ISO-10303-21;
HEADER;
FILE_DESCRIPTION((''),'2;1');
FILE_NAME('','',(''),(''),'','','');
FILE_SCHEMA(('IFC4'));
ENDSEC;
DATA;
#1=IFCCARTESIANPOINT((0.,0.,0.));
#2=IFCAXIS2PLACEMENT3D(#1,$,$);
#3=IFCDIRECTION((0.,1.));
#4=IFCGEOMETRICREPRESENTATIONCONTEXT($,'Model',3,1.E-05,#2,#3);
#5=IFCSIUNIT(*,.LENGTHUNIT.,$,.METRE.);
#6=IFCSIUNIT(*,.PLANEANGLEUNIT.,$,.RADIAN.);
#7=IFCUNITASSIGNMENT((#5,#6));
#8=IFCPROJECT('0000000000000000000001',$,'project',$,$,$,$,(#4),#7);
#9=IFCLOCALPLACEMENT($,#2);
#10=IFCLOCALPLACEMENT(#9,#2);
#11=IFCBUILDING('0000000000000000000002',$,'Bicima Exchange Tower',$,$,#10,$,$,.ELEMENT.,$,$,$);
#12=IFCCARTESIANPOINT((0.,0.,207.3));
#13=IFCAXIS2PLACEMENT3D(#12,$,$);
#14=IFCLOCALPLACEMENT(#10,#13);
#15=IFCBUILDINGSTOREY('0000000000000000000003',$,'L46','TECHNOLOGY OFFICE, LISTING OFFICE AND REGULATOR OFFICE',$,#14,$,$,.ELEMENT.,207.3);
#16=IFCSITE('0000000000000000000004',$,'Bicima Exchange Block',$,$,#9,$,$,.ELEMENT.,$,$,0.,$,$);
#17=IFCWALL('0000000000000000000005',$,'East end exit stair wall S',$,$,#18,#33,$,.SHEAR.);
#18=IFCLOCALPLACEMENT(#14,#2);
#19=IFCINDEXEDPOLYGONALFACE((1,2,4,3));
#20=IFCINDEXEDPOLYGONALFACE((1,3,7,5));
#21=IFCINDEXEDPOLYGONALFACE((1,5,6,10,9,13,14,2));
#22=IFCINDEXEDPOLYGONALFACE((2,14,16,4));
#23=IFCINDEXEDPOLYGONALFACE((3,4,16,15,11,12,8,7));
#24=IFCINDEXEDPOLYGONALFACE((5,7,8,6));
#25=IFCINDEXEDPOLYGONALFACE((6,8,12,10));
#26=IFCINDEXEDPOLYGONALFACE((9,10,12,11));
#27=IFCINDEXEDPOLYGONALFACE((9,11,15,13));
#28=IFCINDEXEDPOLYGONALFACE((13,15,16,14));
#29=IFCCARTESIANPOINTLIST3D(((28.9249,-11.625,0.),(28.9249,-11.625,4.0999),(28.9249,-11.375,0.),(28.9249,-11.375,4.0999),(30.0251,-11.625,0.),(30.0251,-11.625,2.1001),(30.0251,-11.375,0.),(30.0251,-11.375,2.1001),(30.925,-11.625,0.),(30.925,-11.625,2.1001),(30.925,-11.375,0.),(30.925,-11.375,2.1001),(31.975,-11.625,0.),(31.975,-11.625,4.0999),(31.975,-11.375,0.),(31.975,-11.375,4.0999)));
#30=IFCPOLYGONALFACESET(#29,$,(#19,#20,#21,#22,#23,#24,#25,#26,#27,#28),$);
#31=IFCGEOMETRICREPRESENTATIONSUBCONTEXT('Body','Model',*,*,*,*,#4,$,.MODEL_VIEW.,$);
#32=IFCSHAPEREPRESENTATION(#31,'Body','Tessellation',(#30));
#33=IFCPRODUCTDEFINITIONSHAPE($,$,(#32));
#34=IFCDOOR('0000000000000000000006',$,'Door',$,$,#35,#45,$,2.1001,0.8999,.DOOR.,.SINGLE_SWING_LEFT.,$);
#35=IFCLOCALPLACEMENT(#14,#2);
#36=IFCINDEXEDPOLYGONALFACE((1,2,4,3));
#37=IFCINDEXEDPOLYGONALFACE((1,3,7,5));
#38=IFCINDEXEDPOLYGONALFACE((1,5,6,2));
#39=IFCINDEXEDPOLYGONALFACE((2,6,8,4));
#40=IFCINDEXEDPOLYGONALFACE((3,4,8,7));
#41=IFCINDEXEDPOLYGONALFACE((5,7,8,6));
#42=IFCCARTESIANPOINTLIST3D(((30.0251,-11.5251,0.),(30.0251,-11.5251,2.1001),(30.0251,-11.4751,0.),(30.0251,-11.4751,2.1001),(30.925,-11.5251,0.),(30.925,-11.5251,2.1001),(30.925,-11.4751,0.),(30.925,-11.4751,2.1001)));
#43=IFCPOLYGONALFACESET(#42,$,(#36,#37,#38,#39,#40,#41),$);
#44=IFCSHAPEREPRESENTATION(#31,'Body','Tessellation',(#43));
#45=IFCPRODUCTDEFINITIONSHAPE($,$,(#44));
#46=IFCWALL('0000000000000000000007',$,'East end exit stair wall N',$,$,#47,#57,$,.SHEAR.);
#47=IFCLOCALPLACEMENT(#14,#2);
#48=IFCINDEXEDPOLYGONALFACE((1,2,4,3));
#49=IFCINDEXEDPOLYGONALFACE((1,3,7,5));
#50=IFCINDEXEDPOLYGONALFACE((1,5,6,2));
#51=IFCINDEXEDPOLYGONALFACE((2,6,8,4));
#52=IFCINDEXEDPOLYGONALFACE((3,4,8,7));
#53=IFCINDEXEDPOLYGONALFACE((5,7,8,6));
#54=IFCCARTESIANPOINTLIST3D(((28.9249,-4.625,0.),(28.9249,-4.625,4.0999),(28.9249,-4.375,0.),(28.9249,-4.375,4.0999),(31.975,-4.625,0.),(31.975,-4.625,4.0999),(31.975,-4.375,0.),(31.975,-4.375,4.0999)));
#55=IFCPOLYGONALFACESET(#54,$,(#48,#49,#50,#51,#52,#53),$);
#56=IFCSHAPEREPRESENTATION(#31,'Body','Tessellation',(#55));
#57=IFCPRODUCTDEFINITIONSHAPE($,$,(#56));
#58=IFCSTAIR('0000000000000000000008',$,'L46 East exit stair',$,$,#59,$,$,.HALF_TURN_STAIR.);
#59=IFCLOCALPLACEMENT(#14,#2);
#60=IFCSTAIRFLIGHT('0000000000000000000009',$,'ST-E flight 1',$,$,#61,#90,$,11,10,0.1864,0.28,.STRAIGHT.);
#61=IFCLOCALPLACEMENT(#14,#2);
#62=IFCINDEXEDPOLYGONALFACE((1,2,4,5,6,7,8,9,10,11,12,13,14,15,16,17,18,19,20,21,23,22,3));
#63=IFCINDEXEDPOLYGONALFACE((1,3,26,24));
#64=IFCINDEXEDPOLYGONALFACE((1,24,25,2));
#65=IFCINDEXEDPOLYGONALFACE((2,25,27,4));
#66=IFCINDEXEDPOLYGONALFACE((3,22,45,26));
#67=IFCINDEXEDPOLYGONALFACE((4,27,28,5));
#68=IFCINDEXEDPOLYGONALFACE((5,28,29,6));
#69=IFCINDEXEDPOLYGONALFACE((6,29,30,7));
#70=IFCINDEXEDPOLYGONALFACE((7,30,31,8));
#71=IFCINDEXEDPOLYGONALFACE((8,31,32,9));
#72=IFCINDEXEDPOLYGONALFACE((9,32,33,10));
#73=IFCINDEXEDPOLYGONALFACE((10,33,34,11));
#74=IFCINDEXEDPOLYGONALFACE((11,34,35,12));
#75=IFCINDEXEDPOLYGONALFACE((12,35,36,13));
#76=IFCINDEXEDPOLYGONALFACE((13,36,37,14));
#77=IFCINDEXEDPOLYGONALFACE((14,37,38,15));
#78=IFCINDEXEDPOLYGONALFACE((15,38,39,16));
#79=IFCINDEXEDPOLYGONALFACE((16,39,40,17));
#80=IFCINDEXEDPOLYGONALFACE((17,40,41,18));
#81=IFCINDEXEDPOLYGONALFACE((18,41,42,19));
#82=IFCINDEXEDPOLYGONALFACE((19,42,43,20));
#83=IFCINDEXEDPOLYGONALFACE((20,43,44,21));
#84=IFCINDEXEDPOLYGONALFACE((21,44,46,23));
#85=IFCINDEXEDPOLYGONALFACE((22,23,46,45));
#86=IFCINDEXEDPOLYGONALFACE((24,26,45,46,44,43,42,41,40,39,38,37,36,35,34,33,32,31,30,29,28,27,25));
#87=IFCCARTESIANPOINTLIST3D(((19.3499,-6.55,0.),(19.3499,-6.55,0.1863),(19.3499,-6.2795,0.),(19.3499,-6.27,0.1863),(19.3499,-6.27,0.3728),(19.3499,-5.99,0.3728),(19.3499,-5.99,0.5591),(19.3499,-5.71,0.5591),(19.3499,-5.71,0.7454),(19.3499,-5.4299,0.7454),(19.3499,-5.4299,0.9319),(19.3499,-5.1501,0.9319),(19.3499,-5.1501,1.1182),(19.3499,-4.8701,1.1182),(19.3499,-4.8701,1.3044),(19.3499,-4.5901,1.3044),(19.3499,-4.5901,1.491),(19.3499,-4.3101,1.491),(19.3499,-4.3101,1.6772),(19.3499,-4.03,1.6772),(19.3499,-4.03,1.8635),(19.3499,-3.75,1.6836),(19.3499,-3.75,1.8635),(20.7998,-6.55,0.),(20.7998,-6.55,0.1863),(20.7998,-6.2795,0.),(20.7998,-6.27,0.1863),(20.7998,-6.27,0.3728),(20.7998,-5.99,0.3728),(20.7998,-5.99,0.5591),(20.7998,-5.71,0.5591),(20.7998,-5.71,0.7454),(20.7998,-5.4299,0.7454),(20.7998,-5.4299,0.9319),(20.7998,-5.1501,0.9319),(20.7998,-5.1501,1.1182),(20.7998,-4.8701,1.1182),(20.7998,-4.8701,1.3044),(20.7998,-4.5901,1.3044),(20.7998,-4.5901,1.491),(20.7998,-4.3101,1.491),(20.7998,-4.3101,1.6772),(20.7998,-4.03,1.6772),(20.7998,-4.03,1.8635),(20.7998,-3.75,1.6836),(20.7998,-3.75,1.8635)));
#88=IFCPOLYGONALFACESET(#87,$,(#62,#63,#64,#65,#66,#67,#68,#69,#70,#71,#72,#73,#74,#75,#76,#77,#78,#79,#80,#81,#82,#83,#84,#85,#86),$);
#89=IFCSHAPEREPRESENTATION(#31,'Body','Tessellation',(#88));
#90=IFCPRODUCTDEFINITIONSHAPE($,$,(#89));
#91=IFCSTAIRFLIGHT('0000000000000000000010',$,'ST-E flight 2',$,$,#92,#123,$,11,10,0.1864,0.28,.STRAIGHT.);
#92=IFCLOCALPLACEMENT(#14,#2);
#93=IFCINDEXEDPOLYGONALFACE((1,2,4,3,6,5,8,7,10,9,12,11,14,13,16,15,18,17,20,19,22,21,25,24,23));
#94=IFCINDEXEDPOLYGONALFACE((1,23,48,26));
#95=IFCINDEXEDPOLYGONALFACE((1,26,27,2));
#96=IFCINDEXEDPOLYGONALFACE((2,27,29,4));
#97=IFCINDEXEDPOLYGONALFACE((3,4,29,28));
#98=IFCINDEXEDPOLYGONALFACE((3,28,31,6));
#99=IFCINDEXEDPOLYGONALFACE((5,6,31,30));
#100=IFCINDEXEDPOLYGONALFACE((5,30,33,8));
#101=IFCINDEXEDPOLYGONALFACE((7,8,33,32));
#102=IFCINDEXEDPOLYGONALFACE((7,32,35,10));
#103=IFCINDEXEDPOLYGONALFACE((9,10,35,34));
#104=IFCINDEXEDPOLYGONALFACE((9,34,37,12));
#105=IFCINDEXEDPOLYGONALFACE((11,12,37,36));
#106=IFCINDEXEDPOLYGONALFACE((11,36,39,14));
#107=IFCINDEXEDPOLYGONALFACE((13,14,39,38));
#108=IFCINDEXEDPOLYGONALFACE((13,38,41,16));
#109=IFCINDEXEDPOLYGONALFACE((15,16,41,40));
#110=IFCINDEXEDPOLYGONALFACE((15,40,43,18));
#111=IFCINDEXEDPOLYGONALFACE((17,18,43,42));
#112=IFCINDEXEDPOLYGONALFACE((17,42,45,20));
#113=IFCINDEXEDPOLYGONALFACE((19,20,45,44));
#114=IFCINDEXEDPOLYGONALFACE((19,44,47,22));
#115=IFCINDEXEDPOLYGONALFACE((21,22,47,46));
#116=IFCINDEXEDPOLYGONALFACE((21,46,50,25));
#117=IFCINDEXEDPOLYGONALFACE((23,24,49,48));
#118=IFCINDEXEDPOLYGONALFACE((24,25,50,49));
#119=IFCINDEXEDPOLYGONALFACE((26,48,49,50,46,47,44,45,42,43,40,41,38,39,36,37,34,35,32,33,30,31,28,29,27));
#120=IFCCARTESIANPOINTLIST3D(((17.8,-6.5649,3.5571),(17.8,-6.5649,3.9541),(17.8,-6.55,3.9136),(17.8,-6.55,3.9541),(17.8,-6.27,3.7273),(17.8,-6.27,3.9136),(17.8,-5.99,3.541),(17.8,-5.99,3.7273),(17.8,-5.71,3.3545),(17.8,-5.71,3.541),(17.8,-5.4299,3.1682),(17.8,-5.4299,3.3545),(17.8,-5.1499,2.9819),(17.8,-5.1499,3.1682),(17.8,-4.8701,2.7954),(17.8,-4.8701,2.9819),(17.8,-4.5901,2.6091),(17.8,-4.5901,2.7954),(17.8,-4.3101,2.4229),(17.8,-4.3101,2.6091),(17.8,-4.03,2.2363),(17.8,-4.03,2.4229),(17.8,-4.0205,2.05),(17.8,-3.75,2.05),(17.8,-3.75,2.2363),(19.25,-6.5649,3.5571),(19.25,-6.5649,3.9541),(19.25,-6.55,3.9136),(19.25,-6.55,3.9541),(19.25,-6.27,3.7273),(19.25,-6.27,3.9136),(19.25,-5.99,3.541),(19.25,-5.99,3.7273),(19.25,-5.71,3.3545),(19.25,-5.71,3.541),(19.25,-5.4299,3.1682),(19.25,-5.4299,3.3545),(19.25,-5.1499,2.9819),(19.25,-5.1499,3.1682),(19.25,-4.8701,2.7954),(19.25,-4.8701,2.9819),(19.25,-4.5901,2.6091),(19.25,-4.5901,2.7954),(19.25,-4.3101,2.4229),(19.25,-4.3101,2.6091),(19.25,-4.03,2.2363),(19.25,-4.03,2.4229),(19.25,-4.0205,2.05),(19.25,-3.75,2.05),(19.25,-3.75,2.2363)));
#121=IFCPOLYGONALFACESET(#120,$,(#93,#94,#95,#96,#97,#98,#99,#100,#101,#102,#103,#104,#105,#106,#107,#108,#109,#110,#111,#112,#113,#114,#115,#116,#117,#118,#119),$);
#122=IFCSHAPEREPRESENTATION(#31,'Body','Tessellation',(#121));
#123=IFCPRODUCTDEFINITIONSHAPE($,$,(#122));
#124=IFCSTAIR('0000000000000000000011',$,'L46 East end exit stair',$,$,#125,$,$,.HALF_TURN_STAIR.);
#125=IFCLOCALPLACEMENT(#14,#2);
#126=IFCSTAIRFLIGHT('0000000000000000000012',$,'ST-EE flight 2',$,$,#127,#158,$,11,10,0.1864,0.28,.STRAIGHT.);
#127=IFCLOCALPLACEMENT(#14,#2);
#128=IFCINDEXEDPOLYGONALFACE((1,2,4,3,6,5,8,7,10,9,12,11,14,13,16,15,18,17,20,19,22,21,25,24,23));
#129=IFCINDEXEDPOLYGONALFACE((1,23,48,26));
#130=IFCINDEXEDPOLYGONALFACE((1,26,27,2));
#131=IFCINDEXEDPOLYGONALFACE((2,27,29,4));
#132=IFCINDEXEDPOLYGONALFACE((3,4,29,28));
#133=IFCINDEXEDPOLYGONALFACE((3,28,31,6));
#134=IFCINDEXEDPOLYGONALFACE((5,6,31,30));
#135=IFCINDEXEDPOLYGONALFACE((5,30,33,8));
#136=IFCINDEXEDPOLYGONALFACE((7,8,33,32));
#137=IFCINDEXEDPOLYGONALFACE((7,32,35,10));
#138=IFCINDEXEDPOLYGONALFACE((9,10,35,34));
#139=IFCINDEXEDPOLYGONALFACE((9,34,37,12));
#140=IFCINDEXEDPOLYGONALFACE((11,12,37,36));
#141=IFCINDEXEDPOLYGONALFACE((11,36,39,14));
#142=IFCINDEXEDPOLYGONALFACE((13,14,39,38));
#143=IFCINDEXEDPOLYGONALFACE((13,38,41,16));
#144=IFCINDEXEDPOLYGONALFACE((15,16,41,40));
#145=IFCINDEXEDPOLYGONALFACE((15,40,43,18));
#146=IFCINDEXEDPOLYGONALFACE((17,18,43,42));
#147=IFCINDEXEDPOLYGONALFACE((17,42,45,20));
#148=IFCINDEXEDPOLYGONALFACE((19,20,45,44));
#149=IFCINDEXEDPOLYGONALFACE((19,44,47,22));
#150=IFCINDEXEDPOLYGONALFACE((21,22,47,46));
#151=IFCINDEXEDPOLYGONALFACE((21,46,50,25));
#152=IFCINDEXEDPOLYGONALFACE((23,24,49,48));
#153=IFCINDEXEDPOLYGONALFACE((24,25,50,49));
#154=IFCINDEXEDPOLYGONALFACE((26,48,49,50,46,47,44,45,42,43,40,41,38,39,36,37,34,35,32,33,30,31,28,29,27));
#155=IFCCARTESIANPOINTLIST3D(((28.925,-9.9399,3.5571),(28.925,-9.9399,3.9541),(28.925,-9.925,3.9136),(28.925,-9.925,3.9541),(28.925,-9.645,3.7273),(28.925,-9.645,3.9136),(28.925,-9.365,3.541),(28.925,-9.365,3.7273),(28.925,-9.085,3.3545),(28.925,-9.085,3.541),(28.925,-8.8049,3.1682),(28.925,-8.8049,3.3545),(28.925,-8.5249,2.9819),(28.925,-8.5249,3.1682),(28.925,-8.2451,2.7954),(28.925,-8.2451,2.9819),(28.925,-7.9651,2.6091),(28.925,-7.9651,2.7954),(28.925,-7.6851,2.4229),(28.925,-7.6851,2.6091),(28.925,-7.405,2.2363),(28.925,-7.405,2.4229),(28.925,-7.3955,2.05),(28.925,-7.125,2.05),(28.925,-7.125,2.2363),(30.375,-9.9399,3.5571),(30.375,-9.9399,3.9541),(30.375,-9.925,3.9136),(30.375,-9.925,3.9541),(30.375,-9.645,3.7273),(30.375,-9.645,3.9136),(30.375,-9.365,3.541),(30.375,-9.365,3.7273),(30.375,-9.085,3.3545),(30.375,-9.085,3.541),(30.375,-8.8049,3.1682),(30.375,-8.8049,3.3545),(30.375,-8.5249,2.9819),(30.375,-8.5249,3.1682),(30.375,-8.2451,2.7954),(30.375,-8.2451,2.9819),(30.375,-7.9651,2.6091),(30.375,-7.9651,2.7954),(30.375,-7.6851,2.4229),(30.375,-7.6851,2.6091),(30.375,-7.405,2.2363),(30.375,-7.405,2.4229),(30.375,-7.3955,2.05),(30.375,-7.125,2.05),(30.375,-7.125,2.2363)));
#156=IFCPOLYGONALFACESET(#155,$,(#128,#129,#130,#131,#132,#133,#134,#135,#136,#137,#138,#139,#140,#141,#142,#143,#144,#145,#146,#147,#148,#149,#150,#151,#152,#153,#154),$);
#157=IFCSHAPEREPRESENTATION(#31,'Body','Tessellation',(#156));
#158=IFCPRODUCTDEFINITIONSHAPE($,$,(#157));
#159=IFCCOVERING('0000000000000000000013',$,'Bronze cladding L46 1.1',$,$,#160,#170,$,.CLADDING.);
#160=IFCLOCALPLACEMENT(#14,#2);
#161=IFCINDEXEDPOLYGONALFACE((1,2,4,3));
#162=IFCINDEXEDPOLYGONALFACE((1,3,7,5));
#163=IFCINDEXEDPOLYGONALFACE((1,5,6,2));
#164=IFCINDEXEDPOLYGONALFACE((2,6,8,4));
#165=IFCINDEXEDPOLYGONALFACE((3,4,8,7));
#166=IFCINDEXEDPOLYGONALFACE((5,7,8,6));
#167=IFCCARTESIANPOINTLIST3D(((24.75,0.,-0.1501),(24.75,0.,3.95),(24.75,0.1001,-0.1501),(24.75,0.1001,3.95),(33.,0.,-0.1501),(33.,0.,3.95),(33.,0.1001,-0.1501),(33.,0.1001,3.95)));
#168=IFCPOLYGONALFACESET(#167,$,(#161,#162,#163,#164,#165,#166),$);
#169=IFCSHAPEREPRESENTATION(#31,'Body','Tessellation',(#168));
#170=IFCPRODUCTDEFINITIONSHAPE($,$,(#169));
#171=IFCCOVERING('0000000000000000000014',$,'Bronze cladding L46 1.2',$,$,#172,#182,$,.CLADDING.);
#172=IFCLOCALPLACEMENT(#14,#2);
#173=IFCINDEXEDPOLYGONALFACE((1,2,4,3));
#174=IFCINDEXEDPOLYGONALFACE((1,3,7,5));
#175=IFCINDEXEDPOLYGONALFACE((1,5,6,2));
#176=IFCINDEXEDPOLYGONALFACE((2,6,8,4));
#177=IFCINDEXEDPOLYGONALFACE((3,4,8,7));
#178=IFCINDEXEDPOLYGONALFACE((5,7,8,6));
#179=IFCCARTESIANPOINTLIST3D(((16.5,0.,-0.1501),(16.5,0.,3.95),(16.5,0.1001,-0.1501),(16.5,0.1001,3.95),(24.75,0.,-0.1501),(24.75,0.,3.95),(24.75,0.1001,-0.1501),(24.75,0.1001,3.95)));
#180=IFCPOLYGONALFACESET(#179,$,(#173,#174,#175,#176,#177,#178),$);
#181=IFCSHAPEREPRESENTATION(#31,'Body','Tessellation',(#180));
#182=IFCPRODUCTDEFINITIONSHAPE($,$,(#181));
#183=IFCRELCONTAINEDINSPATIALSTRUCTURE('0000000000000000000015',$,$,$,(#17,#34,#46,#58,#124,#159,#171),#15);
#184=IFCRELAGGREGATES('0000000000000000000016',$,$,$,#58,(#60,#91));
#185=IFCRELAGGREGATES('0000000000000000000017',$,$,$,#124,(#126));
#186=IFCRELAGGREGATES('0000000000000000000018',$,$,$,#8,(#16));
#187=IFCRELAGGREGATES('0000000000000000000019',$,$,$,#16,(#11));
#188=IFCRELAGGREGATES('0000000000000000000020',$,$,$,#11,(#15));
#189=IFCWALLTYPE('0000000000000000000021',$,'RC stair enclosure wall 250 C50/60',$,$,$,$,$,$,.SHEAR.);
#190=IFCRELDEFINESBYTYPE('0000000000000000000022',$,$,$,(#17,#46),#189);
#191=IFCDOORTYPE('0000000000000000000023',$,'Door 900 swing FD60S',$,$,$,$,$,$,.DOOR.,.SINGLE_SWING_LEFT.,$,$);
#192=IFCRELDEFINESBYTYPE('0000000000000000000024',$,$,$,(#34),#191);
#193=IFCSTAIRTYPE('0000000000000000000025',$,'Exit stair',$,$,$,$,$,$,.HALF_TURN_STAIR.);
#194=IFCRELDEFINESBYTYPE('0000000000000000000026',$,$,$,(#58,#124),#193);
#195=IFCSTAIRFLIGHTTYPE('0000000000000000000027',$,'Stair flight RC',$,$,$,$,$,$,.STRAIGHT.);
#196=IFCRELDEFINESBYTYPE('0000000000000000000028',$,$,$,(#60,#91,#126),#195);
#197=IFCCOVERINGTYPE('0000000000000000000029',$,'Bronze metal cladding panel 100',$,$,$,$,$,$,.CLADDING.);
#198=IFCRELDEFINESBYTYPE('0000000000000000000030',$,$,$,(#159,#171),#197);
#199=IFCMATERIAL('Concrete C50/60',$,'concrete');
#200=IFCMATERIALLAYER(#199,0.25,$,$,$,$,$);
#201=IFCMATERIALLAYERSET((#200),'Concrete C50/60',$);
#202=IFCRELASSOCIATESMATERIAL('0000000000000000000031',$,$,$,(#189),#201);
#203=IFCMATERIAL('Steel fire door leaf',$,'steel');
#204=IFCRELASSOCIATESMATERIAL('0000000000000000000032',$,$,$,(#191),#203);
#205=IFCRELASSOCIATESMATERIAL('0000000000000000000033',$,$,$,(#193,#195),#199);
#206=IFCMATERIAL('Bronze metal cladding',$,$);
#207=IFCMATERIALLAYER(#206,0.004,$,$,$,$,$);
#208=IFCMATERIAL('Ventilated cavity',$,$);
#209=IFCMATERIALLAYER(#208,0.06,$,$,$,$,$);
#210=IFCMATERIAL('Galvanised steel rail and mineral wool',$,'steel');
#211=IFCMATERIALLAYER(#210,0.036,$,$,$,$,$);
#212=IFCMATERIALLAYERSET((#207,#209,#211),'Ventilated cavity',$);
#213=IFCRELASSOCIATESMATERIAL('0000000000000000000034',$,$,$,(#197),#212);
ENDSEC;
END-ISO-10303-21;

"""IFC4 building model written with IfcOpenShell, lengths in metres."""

from ifc_helpers import new_model, si_unit, direction, frame, frame_2d, origin, origin_2d, place, context, subcontext, project, spatial, polyline, rectangle, outline, extrude, material, layer, layer_set, type_object, element, fill, aggregate, save


model = new_model("IFC4")

# Units and contexts
model_context = context("Model", 3, precision=1e-05, world=origin(), true_north=direction((0.0, 1.0)))
body_context = subcontext(model_context, "Body", "Model", "MODEL_VIEW")
ifc_project = project(units=[si_unit("LENGTHUNIT", "METRE"), si_unit("PLANEANGLEUNIT", "RADIAN")], contexts=[model_context])

# Site, building, storey
site_placement = place(None, origin())
site = spatial("IfcSite", under=ifc_project, at=site_placement, Name="Bicima Exchange Block", CompositionType="ELEMENT", RefElevation=0.0)
building_placement = place(site_placement, origin())
building = spatial("IfcBuilding", under=site, at=building_placement, Name="Bicima Exchange Tower", CompositionType="ELEMENT")
storey_placement = place(building_placement, frame((0.0, 0.0, 207.3)))
storey = spatial("IfcBuildingStorey", under=building, at=storey_placement, Name="L46", Description="TECHNOLOGY OFFICE, LISTING OFFICE AND REGULATOR OFFICE", CompositionType="ELEMENT", Elevation=207.3)

# Shared definitions
ifc_material_1 = material(Name="Concrete C50/60", Category="concrete")
ifc_layer_1 = layer(ifc_material_1, 0.25)
ifc_layer_set_1 = layer_set([ifc_layer_1], Name="Concrete C50/60")
wall_type_1 = type_object("IfcWallType", Name="RC stair enclosure wall 250 C50/60", PredefinedType="SHEAR", material=ifc_layer_set_1)

# Wall, opening, door
wall_1_placement = place(storey_placement, frame((28.925, -11.5, 0.0), z_axis=(0.0, 0.0, 1.0), x_axis=(1.0, 0.0, 0.0)))
wall_1 = element("IfcWall", 1, at=wall_1_placement, inside=storey, type_object=wall_type_1, Name="East end exit stair wall S", PredefinedType="SHEAR", context=body_context, shape_type="SweptSolid", body=[
    extrude(rectangle(XDim=3.05, YDim=0.25, at=frame_2d((1.5249, 0.0))), origin(), (0.0, 0.0, 1.0), 4.0999),
])
opening_placement = place(wall_1_placement, frame((1.1001, 0.0, 0.0)))
opening = element("IfcOpeningElement", 2, at=opening_placement, cuts=wall_1, PredefinedType="OPENING", context=body_context, shape_type="SweptSolid", body=[
    extrude(rectangle(XDim=0.8999, YDim=2.1001, at=frame_2d((0.45, 1.05))), frame((0.0, 0.137, 0.0), z_axis=(0.0, -1.0, 0.0), x_axis=(1.0, 0.0, 0.0)), (0.0, 0.0, 1.0), 0.2739),
])
ifc_material_2 = material(Name="Steel fire door leaf", Category="steel")
door_type = type_object("IfcDoorType", Name="Door 900 swing FD60S", OperationType="SINGLE_SWING_LEFT", PredefinedType="DOOR", material=ifc_material_2)
door_placement = place(opening_placement, origin())
door = element("IfcDoor", 3, at=door_placement, inside=storey, type_object=door_type, Name="Door", OperationType="SINGLE_SWING_LEFT", OverallHeight=2.1001, OverallWidth=0.8999, PredefinedType="DOOR", context=body_context, shape_type="SweptSolid", body=[
    extrude(rectangle(XDim=0.8999, YDim=2.1001, at=frame_2d((0.45, 1.05))), frame((0.0, 0.0249, 0.0), z_axis=(0.0, -1.0, 0.0), x_axis=(1.0, 0.0, 0.0)), (0.0, 0.0, 1.0), 0.05),
])
fill(opening, door)

# Wall
wall_2_placement = place(storey_placement, frame((28.925, -4.5, 0.0), z_axis=(0.0, 0.0, 1.0), x_axis=(1.0, 0.0, 0.0)))
element("IfcWall", 4, at=wall_2_placement, inside=storey, type_object=wall_type_1, Name="East end exit stair wall N", PredefinedType="SHEAR", context=body_context, shape_type="SweptSolid", body=[
    extrude(rectangle(XDim=3.05, YDim=0.25, at=frame_2d((1.5249, 0.0))), origin(), (0.0, 0.0, 1.0), 4.0999),
])

# Stair, stair flights
stair_type = type_object("IfcStairType", Name="Exit stair", PredefinedType="HALF_TURN_STAIR", material=ifc_material_1)
stair_1_placement = place(storey_placement, origin())
stair_1 = element("IfcStair", 5, at=stair_1_placement, inside=storey, type_object=stair_type, Name="L46 East exit stair", PredefinedType="HALF_TURN_STAIR")
stair_flight_type = type_object("IfcStairFlightType", Name="Stair flight RC", PredefinedType="STRAIGHT", material=ifc_material_1)
stair_flight_1_placement = place(storey_placement, frame((20.075, -6.55, 0.0), z_axis=(0.0, 0.0, 1.0), x_axis=(0.0, 1.0, 0.0)))
stair_flight_1 = element("IfcStairFlight", 6, at=stair_flight_1_placement, type_object=stair_flight_type, Name="ST-E flight 1", NumberOfRisers=11, NumberOfTreads=10, PredefinedType="STRAIGHT", RiserHeight=0.1864, TreadLength=0.28, context=body_context, shape_type="SweptSolid", body=[
    extrude(outline(polyline([(0.0, 0.0), (0.0, 0.1863), (0.28, 0.1863), (0.28, 0.3728), (0.5601, 0.3728), (0.5601, 0.5591), (0.8401, 0.5591), (0.8401, 0.7454), (1.1201, 0.7454), (1.1201, 0.9319), (1.3999, 0.9319), (1.3999, 1.1182), (1.6799, 1.1182), (1.6799, 1.3044), (1.96, 1.3044), (1.96, 1.491), (2.24, 1.491), (2.24, 1.6772), (2.52, 1.6772), (2.52, 1.8635), (2.8, 1.8635), (2.8, 2.05), (2.8, 1.6836), (0.2705, 0.0), (0.0, 0.0)])), frame((0.0, 0.7251, 0.0), z_axis=(0.0, -1.0, 0.0), x_axis=(1.0, 0.0, 0.0)), (0.0, 0.0, 1.0), 1.45),
])
stair_flight_2_placement = place(storey_placement, frame((18.5249, -3.75, 2.05), z_axis=(0.0, 0.0, 1.0), x_axis=(0.0, -1.0, 0.0)))
stair_flight_2 = element("IfcStairFlight", 7, at=stair_flight_2_placement, type_object=stair_flight_type, Name="ST-E flight 2", NumberOfRisers=11, NumberOfTreads=10, PredefinedType="STRAIGHT", RiserHeight=0.1864, TreadLength=0.28, context=body_context, shape_type="SweptSolid", body=[
    extrude(outline(polyline([(0.0, 0.0), (0.0, 0.1863), (0.28, 0.1863), (0.28, 0.3728), (0.5601, 0.3728), (0.5601, 0.5591), (0.8401, 0.5591), (0.8401, 0.7454), (1.1201, 0.7454), (1.1201, 0.9319), (1.3999, 0.9319), (1.3999, 1.1182), (1.6799, 1.1182), (1.6799, 1.3044), (1.96, 1.3044), (1.96, 1.491), (2.24, 1.491), (2.24, 1.6772), (2.52, 1.6772), (2.52, 1.8635), (2.8, 1.8635), (2.8, 1.9041), (2.8149, 1.9041), (2.8149, 1.5071), (0.2705, 0.0), (0.0, 0.0)])), frame((0.0, 0.7251, 0.0), z_axis=(0.0, -1.0, 0.0), x_axis=(1.0, 0.0, 0.0)), (0.0, 0.0, 1.0), 1.45),
])
aggregate(stair_1, [stair_flight_1, stair_flight_2])

# Stair, stair flight
stair_2_placement = place(storey_placement, origin())
stair_2 = element("IfcStair", 8, at=stair_2_placement, inside=storey, type_object=stair_type, Name="L46 East end exit stair", PredefinedType="HALF_TURN_STAIR")
stair_flight_3_placement = place(storey_placement, frame((29.6499, -7.125, 2.05), z_axis=(0.0, 0.0, 1.0), x_axis=(0.0, -1.0, 0.0)))
stair_flight_3 = element("IfcStairFlight", 9, at=stair_flight_3_placement, type_object=stair_flight_type, Name="ST-EE flight 2", NumberOfRisers=11, NumberOfTreads=10, PredefinedType="STRAIGHT", RiserHeight=0.1864, TreadLength=0.28, context=body_context, shape_type="SweptSolid", body=[
    extrude(outline(polyline([(0.0, 0.0), (0.0, 0.1863), (0.28, 0.1863), (0.28, 0.3728), (0.5601, 0.3728), (0.5601, 0.5591), (0.8401, 0.5591), (0.8401, 0.7454), (1.1201, 0.7454), (1.1201, 0.9319), (1.3999, 0.9319), (1.3999, 1.1182), (1.6799, 1.1182), (1.6799, 1.3044), (1.96, 1.3044), (1.96, 1.491), (2.24, 1.491), (2.24, 1.6772), (2.52, 1.6772), (2.52, 1.8635), (2.8, 1.8635), (2.8, 1.9041), (2.8149, 1.9041), (2.8149, 1.5071), (0.2705, 0.0), (0.0, 0.0)])), frame((0.0, 0.7251, 0.0), z_axis=(0.0, -1.0, 0.0), x_axis=(1.0, 0.0, 0.0)), (0.0, 0.0, 1.0), 1.45),
])
aggregate(stair_2, [stair_flight_3])

# Coverings
ifc_material_3 = material(Name="Bronze metal cladding")
ifc_layer_2 = layer(ifc_material_3, 0.004)
ifc_material_4 = material(Name="Ventilated cavity")
ifc_layer_3 = layer(ifc_material_4, 0.06)
ifc_material_5 = material(Name="Galvanised steel rail and mineral wool", Category="steel")
ifc_layer_4 = layer(ifc_material_5, 0.036)
ifc_layer_set_2 = layer_set([ifc_layer_2, ifc_layer_3, ifc_layer_4], Name="Ventilated cavity")
covering_type = type_object("IfcCoveringType", Name="Bronze metal cladding panel 100", PredefinedType="CLADDING", material=ifc_layer_set_2)
for number, where, z_axis, x_axis, name in (
    (10, (28.875, 0.05, -0.1501), (0.0, 0.0, 1.0), (-1.0, 0.0, 0.0), "Bronze cladding L46 1.1"),
    (11, (20.625, 0.05, -0.1501), (0.0, 0.0, 1.0), (-1.0, 0.0, 0.0), "Bronze cladding L46 1.2"),
):
    element("IfcCovering", number, at=place(storey_placement, frame(where, z_axis=z_axis, x_axis=x_axis)), inside=storey, type_object=covering_type, Name=name, PredefinedType="CLADDING", context=body_context, shape_type="SweptSolid", body=[
        extrude(rectangle(XDim=8.25, YDim=0.1001, at=origin_2d()), origin(), (0.0, 0.0, 1.0), 4.1001),
    ])

save(model, "model.ifc")
